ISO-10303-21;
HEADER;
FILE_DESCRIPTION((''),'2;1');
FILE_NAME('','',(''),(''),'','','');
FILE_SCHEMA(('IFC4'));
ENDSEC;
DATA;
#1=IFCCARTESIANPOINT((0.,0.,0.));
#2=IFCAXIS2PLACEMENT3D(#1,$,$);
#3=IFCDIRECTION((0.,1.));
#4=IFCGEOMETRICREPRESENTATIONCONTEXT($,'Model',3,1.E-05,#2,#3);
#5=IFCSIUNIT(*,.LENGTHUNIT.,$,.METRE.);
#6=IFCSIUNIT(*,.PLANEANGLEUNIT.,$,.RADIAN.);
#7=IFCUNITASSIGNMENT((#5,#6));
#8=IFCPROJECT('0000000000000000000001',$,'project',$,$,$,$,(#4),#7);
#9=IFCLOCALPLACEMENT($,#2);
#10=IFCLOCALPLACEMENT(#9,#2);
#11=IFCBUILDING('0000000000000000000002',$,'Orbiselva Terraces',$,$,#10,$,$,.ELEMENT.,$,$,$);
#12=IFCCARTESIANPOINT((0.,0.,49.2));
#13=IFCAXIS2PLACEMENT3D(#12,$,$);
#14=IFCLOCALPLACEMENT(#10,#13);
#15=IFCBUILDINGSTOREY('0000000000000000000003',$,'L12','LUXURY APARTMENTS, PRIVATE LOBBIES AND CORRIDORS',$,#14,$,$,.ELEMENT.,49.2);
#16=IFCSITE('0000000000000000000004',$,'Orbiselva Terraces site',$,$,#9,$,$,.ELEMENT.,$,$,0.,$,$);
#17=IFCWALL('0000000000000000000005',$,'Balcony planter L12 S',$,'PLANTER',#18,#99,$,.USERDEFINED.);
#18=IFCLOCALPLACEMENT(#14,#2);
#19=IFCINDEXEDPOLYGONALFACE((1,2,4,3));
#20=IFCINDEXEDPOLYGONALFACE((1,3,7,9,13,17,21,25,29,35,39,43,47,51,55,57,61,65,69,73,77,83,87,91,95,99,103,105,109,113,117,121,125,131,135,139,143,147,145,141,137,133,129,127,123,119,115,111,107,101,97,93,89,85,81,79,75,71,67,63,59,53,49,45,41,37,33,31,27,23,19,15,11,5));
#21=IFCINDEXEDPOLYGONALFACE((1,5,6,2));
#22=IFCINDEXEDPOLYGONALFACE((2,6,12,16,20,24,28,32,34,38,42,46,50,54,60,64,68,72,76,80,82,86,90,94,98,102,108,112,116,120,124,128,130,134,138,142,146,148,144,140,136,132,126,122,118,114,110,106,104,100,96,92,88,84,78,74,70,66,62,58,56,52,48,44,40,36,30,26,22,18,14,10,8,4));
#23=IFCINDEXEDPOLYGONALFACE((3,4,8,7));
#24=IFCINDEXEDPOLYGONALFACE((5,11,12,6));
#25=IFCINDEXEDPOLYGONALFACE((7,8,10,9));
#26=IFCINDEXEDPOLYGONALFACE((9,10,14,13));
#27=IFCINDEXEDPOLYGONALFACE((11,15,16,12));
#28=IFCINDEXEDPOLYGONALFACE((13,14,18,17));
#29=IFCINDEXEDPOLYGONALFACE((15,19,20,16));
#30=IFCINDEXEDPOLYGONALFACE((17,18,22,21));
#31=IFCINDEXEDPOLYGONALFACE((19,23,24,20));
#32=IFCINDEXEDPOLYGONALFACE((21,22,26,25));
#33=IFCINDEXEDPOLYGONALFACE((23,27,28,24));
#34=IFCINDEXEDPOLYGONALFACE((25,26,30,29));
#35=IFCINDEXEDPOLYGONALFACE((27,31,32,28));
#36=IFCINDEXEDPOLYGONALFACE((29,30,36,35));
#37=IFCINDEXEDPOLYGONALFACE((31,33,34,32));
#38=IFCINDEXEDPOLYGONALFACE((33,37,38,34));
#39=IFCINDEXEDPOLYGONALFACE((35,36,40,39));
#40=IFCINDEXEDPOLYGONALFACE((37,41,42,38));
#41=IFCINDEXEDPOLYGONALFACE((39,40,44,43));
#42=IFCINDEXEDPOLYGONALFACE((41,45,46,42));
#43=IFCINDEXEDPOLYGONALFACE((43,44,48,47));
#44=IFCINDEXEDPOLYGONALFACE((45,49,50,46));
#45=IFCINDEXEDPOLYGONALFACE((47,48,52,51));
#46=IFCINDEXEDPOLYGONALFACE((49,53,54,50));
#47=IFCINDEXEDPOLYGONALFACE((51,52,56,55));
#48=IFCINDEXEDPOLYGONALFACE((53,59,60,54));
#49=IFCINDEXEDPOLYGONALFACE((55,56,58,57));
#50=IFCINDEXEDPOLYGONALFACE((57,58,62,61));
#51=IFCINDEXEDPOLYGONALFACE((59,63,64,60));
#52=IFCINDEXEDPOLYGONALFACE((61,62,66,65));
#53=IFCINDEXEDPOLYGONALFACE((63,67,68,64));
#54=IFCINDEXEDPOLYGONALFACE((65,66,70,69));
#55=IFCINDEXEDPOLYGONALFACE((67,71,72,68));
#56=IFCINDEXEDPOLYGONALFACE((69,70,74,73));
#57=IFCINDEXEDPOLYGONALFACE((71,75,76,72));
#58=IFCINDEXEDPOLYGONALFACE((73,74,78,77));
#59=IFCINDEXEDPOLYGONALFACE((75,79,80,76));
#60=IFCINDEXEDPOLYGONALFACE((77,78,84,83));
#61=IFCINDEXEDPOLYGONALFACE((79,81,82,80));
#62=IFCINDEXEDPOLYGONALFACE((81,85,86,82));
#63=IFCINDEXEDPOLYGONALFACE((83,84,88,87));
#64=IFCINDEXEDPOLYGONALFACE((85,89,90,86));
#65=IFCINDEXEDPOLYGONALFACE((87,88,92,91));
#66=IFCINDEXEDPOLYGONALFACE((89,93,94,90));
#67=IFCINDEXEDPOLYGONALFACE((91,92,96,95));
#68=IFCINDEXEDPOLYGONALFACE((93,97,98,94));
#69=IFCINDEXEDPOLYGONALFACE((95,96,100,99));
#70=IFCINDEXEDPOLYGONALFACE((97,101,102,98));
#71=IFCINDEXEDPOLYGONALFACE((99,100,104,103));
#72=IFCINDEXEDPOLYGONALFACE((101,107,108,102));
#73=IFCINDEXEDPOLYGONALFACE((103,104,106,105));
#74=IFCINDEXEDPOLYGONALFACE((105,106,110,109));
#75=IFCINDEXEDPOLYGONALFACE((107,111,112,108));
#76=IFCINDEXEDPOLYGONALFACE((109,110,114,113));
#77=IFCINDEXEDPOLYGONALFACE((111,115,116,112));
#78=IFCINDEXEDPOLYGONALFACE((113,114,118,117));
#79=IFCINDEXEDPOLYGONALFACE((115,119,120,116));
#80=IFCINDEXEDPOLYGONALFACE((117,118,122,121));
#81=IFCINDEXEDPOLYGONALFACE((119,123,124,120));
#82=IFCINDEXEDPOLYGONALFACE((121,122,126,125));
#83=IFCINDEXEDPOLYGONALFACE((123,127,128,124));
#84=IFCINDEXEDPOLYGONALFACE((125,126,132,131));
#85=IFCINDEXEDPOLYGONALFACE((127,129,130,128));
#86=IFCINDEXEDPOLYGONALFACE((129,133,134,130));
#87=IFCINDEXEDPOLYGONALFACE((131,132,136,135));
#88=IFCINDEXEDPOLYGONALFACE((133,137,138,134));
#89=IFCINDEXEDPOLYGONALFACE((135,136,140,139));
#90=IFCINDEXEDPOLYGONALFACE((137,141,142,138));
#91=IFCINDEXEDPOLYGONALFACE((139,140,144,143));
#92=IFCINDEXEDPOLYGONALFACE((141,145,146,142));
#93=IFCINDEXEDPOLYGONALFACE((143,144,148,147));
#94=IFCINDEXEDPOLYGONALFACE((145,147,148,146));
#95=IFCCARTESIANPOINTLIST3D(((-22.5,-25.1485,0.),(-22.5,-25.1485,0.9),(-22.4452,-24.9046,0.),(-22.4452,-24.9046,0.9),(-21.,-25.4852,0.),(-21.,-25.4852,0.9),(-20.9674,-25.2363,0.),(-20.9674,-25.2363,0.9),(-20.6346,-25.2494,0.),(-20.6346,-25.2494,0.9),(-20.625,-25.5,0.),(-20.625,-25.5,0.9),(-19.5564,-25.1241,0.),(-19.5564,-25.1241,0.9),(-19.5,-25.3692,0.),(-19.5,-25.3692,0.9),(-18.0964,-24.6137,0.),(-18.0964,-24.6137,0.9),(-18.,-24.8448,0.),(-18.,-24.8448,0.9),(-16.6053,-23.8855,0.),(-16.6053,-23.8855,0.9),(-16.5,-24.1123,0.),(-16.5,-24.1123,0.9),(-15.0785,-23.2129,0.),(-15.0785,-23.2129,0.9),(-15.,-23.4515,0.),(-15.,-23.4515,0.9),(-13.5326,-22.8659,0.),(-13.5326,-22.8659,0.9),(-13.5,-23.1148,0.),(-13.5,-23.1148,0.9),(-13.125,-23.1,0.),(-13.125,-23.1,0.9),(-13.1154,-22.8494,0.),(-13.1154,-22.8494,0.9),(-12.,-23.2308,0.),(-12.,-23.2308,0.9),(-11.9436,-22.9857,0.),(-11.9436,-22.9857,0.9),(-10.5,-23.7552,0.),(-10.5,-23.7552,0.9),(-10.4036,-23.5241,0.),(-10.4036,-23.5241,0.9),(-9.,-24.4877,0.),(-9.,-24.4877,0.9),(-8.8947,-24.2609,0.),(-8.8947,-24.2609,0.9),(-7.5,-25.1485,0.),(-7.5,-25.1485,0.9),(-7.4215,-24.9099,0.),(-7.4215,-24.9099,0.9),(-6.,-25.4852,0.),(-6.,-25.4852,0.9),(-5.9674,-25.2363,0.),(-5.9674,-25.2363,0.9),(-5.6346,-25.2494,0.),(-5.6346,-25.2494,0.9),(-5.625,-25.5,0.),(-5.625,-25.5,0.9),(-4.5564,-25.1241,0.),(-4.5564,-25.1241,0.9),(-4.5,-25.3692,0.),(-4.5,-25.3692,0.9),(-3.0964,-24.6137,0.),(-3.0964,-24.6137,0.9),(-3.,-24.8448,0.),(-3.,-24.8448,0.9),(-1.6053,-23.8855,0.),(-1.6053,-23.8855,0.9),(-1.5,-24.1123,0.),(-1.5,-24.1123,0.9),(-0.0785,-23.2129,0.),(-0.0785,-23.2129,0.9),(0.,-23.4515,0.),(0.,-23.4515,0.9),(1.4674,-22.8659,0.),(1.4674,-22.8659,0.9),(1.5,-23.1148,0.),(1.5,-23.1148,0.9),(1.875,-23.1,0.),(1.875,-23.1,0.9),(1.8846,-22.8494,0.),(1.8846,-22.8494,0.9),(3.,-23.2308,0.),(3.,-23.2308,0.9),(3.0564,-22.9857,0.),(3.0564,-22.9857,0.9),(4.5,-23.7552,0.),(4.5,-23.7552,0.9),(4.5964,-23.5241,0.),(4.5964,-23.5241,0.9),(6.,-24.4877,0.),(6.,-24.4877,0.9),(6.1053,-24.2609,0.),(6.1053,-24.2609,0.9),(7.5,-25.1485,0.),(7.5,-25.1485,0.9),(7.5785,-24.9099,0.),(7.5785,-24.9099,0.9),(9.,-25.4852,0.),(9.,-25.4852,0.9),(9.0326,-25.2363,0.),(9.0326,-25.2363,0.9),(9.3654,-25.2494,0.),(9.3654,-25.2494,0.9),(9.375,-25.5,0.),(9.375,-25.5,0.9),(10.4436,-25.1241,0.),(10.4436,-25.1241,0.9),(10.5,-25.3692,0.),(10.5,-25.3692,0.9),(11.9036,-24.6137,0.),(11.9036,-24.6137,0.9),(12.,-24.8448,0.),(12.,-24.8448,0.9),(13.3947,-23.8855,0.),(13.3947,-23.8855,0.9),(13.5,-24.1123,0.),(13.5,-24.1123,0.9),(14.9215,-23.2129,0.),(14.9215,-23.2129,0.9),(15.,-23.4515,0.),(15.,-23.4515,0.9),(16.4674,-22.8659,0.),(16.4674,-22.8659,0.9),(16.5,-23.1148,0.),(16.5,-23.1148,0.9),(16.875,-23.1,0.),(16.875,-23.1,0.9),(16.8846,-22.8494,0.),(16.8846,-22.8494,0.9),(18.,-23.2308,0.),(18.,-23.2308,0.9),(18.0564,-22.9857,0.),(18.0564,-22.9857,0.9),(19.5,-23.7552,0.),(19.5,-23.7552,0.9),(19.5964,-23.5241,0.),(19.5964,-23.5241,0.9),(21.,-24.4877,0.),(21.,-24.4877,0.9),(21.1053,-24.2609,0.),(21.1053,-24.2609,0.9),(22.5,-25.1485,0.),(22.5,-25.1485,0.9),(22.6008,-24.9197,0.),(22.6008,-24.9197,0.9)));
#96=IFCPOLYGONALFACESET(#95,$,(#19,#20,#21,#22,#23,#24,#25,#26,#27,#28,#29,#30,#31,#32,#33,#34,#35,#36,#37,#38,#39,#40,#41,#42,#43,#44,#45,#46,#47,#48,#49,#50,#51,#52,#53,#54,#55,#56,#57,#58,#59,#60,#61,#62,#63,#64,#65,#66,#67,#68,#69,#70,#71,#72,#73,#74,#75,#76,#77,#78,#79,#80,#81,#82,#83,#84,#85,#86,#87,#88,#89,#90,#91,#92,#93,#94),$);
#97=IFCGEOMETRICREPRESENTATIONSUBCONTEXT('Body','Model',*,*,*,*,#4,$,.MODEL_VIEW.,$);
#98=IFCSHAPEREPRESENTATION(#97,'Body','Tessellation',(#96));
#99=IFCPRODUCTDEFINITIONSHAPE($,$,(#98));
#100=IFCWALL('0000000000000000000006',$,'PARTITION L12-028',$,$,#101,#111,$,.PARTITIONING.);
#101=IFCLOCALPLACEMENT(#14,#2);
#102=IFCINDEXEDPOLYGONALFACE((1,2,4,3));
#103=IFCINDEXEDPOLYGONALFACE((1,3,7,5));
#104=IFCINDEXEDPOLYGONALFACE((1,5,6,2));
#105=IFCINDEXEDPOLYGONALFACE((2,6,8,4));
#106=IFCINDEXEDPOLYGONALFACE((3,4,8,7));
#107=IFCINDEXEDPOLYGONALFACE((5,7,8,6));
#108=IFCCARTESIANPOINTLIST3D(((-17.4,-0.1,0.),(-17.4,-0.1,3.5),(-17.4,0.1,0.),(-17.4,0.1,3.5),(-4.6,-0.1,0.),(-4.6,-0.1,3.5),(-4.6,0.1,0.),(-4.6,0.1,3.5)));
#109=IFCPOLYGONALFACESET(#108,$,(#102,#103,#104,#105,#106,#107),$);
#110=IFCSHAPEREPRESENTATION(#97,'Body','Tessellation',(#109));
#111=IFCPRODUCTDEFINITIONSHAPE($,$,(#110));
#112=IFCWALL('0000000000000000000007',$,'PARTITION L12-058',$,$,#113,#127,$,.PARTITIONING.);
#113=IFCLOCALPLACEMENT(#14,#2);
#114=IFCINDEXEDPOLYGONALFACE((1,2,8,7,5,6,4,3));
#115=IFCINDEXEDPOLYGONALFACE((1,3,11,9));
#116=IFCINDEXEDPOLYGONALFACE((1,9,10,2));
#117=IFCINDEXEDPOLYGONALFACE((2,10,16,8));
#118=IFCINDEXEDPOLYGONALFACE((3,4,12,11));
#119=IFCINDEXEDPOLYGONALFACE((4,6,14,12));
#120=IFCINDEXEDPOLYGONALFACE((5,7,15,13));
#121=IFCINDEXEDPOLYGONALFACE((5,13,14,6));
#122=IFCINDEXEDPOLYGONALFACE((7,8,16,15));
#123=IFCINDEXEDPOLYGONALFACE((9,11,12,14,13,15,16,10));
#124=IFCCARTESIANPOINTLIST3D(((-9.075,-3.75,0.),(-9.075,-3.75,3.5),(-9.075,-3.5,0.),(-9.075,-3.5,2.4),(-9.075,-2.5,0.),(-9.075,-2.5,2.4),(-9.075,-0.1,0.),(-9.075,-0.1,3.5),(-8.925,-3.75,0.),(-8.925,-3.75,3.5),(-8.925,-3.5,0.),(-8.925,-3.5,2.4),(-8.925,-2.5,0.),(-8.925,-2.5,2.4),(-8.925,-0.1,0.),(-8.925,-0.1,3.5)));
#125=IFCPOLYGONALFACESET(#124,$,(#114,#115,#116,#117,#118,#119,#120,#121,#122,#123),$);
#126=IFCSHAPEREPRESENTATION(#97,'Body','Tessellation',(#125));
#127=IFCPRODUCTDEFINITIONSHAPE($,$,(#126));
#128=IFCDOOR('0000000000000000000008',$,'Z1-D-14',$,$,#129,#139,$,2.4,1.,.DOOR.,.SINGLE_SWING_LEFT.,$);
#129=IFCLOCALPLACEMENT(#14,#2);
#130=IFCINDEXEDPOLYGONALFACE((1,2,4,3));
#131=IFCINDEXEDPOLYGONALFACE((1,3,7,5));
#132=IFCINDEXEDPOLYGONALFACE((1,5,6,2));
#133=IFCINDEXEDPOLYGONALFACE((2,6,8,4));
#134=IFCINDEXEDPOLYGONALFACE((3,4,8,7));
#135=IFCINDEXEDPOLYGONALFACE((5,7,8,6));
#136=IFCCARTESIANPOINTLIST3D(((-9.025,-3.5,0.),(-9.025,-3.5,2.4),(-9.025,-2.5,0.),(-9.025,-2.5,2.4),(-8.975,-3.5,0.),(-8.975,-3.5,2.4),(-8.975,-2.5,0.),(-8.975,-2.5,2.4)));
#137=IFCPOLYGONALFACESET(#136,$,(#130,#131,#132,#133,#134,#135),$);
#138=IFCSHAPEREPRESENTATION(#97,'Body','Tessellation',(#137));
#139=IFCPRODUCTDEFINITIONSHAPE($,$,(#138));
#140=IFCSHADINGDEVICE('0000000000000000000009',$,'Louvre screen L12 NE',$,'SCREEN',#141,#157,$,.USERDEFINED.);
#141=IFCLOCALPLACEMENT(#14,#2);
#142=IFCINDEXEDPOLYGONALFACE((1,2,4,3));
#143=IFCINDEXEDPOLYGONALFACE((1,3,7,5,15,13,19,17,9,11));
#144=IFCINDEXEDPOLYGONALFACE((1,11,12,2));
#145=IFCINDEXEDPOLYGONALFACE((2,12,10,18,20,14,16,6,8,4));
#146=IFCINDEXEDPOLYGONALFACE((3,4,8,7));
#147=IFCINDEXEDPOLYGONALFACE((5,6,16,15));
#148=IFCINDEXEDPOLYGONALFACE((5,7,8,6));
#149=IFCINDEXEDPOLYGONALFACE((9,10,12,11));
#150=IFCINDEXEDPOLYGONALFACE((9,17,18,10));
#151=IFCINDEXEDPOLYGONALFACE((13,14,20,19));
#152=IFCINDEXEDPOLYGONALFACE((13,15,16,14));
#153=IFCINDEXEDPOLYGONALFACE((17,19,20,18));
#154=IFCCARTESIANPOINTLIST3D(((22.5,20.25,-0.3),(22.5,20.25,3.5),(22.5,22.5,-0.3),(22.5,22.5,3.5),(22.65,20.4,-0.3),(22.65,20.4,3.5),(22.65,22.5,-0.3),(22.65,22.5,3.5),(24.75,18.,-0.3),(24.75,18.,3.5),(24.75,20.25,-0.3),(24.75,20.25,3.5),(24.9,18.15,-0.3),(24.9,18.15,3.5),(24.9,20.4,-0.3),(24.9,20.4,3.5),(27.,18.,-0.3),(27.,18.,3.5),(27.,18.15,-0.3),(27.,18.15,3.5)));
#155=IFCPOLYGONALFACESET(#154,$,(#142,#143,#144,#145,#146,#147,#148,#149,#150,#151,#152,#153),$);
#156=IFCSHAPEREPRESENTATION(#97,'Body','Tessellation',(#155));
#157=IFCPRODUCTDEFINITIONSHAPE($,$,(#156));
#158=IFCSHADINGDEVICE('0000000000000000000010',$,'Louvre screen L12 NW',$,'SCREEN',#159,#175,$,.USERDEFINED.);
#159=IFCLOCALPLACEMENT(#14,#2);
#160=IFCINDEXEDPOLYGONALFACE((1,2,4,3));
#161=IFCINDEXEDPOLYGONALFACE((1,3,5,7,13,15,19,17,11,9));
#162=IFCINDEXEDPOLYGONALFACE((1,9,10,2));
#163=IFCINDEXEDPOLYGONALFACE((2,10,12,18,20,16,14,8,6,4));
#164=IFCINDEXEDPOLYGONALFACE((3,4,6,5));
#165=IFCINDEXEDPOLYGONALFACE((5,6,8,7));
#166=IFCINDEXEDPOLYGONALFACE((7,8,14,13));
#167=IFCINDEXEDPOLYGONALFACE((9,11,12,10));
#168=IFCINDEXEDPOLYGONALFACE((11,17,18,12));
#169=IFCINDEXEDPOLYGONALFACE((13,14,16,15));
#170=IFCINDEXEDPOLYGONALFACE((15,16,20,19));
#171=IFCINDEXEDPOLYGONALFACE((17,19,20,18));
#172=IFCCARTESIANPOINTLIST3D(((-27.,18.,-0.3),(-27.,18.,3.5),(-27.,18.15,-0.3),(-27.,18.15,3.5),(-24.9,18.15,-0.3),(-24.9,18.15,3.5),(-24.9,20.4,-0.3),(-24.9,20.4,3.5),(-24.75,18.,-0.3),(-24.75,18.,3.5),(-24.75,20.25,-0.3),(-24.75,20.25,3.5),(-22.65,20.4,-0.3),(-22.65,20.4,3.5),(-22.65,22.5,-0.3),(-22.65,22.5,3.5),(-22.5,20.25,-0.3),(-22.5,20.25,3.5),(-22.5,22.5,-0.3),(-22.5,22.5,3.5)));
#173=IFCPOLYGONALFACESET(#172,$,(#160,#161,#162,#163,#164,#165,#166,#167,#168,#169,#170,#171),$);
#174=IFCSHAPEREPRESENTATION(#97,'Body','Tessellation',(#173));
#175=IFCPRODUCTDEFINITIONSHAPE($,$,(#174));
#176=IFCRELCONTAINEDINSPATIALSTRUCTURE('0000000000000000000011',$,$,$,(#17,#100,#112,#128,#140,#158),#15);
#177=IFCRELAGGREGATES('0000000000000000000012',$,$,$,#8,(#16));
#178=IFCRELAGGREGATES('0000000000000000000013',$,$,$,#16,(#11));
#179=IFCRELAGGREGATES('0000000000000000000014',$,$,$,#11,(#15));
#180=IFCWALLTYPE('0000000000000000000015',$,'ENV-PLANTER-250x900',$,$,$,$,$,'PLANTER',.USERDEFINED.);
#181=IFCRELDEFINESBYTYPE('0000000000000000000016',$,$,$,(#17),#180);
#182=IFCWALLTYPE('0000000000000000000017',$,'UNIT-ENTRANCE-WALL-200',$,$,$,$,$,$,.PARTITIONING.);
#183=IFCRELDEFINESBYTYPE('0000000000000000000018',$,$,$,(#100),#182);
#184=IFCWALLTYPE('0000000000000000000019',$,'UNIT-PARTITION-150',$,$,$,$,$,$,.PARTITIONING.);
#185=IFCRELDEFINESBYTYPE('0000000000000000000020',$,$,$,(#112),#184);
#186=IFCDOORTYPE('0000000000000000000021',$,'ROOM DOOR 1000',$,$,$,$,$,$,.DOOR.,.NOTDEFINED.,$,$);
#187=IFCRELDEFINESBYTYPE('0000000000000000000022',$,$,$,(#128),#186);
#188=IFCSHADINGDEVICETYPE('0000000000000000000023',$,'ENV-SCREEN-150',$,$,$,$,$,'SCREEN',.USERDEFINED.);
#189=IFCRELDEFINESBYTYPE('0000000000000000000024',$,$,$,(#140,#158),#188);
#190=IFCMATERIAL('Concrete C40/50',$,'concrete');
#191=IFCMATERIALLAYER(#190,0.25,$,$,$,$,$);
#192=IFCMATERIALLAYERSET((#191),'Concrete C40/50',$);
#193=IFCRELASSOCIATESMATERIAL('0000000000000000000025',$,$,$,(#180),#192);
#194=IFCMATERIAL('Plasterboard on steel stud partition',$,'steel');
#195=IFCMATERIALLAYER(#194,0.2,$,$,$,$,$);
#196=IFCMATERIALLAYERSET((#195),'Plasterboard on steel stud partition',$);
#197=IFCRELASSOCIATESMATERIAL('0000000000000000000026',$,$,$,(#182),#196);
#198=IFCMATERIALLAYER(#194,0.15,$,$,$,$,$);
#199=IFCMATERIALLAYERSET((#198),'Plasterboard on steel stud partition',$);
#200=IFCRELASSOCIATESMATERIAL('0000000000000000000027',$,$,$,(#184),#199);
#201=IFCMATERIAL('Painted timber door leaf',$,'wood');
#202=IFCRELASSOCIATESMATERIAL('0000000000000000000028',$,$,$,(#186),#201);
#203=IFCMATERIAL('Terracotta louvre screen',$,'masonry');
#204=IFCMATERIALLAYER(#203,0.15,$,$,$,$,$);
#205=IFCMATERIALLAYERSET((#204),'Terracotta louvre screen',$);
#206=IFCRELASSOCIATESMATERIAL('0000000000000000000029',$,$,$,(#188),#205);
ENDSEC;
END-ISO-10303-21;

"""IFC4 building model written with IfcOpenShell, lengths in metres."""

from ifc_helpers import new_model, si_unit, direction, frame, frame_2d, origin, place, context, subcontext, project, spatial, polyline, rectangle, outline, extrude, material, layer, layer_set, type_object, element, fill, save


model = new_model("IFC4")

# Units and contexts
model_context = context("Model", 3, precision=1e-05, world=origin(), true_north=direction((0.0, 1.0)))
body_context = subcontext(model_context, "Body", "Model", "MODEL_VIEW")
ifc_project = project(units=[si_unit("LENGTHUNIT", "METRE"), si_unit("PLANEANGLEUNIT", "RADIAN")], contexts=[model_context])

# Site, building, storey
site_placement = place(None, origin())
site = spatial("IfcSite", under=ifc_project, at=site_placement, Name="Orbiselva Terraces site", CompositionType="ELEMENT", RefElevation=0.0)
building_placement = place(site_placement, origin())
building = spatial("IfcBuilding", under=site, at=building_placement, Name="Orbiselva Terraces", CompositionType="ELEMENT")
storey_placement = place(building_placement, frame((0.0, 0.0, 49.2)))
storey = spatial("IfcBuildingStorey", under=building, at=storey_placement, Name="L12", Description="LUXURY APARTMENTS, PRIVATE LOBBIES AND CORRIDORS", CompositionType="ELEMENT", Elevation=49.2)

# Walls
ifc_material_1 = material(Name="Concrete C40/50", Category="concrete")
ifc_layer_1 = layer(ifc_material_1, 0.25)
ifc_layer_set_1 = layer_set([ifc_layer_1], Name="Concrete C40/50")
wall_type_1 = type_object("IfcWallType", Name="ENV-PLANTER-250x900", ElementType="PLANTER", PredefinedType="USERDEFINED", material=ifc_layer_set_1)
wall_1_placement = place(storey_placement, origin())
element("IfcWall", 1, at=wall_1_placement, inside=storey, type_object=wall_type_1, Name="Balcony planter L12 S", ObjectType="PLANTER", PredefinedType="USERDEFINED", context=body_context, shape_type="SweptSolid", body=[
    extrude(outline(polyline([(-22.5, -25.1485), (-21.0, -25.4852), (-20.625, -25.5), (-19.5, -25.3692), (-18.0, -24.8448), (-16.5, -24.1123), (-15.0, -23.4515), (-13.5, -23.1148), (-13.125, -23.1), (-12.0, -23.2308), (-10.5, -23.7552), (-9.0, -24.4877), (-7.5, -25.1485), (-6.0, -25.4852), (-5.625, -25.5), (-4.5, -25.3692), (-3.0, -24.8448), (-1.5, -24.1123), (0.0, -23.4515), (1.5, -23.1148), (1.875, -23.1), (3.0, -23.2308), (4.5, -23.7552), (6.0, -24.4877), (7.5, -25.1485), (9.0, -25.4852), (9.375, -25.5), (10.5, -25.3692), (12.0, -24.8448), (13.5, -24.1123), (15.0, -23.4515), (16.5, -23.1148), (16.875, -23.1), (18.0, -23.2308), (19.5, -23.7552), (21.0, -24.4877), (22.5, -25.1485), (22.6008, -24.9197), (21.1053, -24.2609), (19.5964, -23.5241), (18.0564, -22.9857), (16.8846, -22.8494), (16.4674, -22.8659), (14.9215, -23.2129), (13.3947, -23.8855), (11.9036, -24.6137), (10.4436, -25.1241), (9.3654, -25.2494), (9.0326, -25.2363), (7.5785, -24.9099), (6.1053, -24.2609), (4.5964, -23.5241), (3.0564, -22.9857), (1.8846, -22.8494), (1.4674, -22.8659), (-0.0785, -23.2129), (-1.6053, -23.8855), (-3.0964, -24.6137), (-4.5564, -25.1241), (-5.6346, -25.2494), (-5.9674, -25.2363), (-7.4215, -24.9099), (-8.8947, -24.2609), (-10.4036, -23.5241), (-11.9436, -22.9857), (-13.1154, -22.8494), (-13.5326, -22.8659), (-15.0785, -23.2129), (-16.6053, -23.8855), (-18.0964, -24.6137), (-19.5564, -25.1241), (-20.6346, -25.2494), (-20.9674, -25.2363), (-22.4452, -24.9046), (-22.5, -25.1485)])), origin(), (0.0, 0.0, 1.0), 0.9),
])
ifc_material_2 = material(Name="Plasterboard on steel stud partition", Category="steel")
ifc_layer_2 = layer(ifc_material_2, 0.2)
ifc_layer_set_2 = layer_set([ifc_layer_2], Name="Plasterboard on steel stud partition")
wall_type_2 = type_object("IfcWallType", Name="UNIT-ENTRANCE-WALL-200", PredefinedType="PARTITIONING", material=ifc_layer_set_2)
wall_2_placement = place(storey_placement, frame((-17.4, 0.0, 0.0), z_axis=(0.0, 0.0, 1.0), x_axis=(1.0, 0.0, 0.0)))
element("IfcWall", 2, at=wall_2_placement, inside=storey, type_object=wall_type_2, Name="PARTITION L12-028", PredefinedType="PARTITIONING", context=body_context, shape_type="SweptSolid", body=[
    extrude(rectangle(XDim=12.8, YDim=0.2, at=frame_2d((6.4, 0.0))), origin(), (0.0, 0.0, 1.0), 3.5),
])

# Wall, opening, door
ifc_layer_3 = layer(ifc_material_2, 0.15)
ifc_layer_set_3 = layer_set([ifc_layer_3], Name="Plasterboard on steel stud partition")
wall_type_3 = type_object("IfcWallType", Name="UNIT-PARTITION-150", PredefinedType="PARTITIONING", material=ifc_layer_set_3)
wall_3_placement = place(storey_placement, frame((-9.0, -3.75, 0.0), z_axis=(0.0, 0.0, 1.0), x_axis=(0.0, 1.0, 0.0)))
wall_3 = element("IfcWall", 3, at=wall_3_placement, inside=storey, type_object=wall_type_3, Name="PARTITION L12-058", PredefinedType="PARTITIONING", context=body_context, shape_type="SweptSolid", body=[
    extrude(rectangle(XDim=3.65, YDim=0.15, at=frame_2d((1.825, 0.0))), origin(), (0.0, 0.0, 1.0), 3.5),
])
opening_placement = place(wall_3_placement, frame((0.25, 0.0, 0.0)))
opening = element("IfcOpeningElement", 4, at=opening_placement, cuts=wall_3, PredefinedType="OPENING", context=body_context, shape_type="SweptSolid", body=[
    extrude(rectangle(XDim=1.0, YDim=2.4, at=frame_2d((0.5, 1.2))), frame((0.0, 0.085, 0.0), z_axis=(0.0, -1.0, 0.0), x_axis=(1.0, 0.0, 0.0)), (0.0, 0.0, 1.0), 0.17),
])
ifc_material_3 = material(Name="Painted timber door leaf", Category="wood")
door_type = type_object("IfcDoorType", Name="ROOM DOOR 1000", OperationType="NOTDEFINED", PredefinedType="DOOR", material=ifc_material_3)
door_placement = place(opening_placement, origin())
door = element("IfcDoor", 5, at=door_placement, inside=storey, type_object=door_type, Name="Z1-D-14", OperationType="SINGLE_SWING_LEFT", OverallHeight=2.4, OverallWidth=1.0, PredefinedType="DOOR", context=body_context, shape_type="SweptSolid", body=[
    extrude(rectangle(XDim=1.0, YDim=2.4, at=frame_2d((0.5, 1.2))), frame((0.0, 0.025, 0.0), z_axis=(0.0, -1.0, 0.0), x_axis=(1.0, 0.0, 0.0)), (0.0, 0.0, 1.0), 0.05),
])
fill(opening, door)

# Shading devices
ifc_material_4 = material(Name="Terracotta louvre screen", Category="masonry")
ifc_layer_4 = layer(ifc_material_4, 0.15)
ifc_layer_set_4 = layer_set([ifc_layer_4], Name="Terracotta louvre screen")
shading_device_type_1 = type_object("IfcShadingDeviceType", Name="ENV-SCREEN-150", ElementType="SCREEN", PredefinedType="USERDEFINED", material=ifc_layer_set_4)
shading_device_1_placement = place(storey_placement, frame((0.0, 0.0, -0.3)))
element("IfcShadingDevice", 6, at=shading_device_1_placement, inside=storey, type_object=shading_device_type_1, Name="Louvre screen L12 NE", ObjectType="SCREEN", PredefinedType="USERDEFINED", context=body_context, shape_type="SweptSolid", body=[
    extrude(outline(polyline([(27.0, 18.15), (24.9, 18.15), (24.9, 20.4), (22.65, 20.4), (22.65, 22.5), (22.5, 22.5), (22.5, 20.25), (24.75, 20.25), (24.75, 18.0), (27.0, 18.0), (27.0, 18.15)])), origin(), (0.0, 0.0, 1.0), 3.8),
])
shading_device_2_placement = place(storey_placement, frame((0.0, 0.0, -0.3)))
element("IfcShadingDevice", 7, at=shading_device_2_placement, inside=storey, type_object=shading_device_type_1, Name="Louvre screen L12 NW", ObjectType="SCREEN", PredefinedType="USERDEFINED", context=body_context, shape_type="SweptSolid", body=[
    extrude(outline(polyline([(-22.65, 22.5), (-22.65, 20.4), (-24.9, 20.4), (-24.9, 18.15), (-27.0, 18.15), (-27.0, 18.0), (-24.75, 18.0), (-24.75, 20.25), (-22.5, 20.25), (-22.5, 22.5), (-22.65, 22.5)])), origin(), (0.0, 0.0, 1.0), 3.8),
])

save(model, "model.ifc")
